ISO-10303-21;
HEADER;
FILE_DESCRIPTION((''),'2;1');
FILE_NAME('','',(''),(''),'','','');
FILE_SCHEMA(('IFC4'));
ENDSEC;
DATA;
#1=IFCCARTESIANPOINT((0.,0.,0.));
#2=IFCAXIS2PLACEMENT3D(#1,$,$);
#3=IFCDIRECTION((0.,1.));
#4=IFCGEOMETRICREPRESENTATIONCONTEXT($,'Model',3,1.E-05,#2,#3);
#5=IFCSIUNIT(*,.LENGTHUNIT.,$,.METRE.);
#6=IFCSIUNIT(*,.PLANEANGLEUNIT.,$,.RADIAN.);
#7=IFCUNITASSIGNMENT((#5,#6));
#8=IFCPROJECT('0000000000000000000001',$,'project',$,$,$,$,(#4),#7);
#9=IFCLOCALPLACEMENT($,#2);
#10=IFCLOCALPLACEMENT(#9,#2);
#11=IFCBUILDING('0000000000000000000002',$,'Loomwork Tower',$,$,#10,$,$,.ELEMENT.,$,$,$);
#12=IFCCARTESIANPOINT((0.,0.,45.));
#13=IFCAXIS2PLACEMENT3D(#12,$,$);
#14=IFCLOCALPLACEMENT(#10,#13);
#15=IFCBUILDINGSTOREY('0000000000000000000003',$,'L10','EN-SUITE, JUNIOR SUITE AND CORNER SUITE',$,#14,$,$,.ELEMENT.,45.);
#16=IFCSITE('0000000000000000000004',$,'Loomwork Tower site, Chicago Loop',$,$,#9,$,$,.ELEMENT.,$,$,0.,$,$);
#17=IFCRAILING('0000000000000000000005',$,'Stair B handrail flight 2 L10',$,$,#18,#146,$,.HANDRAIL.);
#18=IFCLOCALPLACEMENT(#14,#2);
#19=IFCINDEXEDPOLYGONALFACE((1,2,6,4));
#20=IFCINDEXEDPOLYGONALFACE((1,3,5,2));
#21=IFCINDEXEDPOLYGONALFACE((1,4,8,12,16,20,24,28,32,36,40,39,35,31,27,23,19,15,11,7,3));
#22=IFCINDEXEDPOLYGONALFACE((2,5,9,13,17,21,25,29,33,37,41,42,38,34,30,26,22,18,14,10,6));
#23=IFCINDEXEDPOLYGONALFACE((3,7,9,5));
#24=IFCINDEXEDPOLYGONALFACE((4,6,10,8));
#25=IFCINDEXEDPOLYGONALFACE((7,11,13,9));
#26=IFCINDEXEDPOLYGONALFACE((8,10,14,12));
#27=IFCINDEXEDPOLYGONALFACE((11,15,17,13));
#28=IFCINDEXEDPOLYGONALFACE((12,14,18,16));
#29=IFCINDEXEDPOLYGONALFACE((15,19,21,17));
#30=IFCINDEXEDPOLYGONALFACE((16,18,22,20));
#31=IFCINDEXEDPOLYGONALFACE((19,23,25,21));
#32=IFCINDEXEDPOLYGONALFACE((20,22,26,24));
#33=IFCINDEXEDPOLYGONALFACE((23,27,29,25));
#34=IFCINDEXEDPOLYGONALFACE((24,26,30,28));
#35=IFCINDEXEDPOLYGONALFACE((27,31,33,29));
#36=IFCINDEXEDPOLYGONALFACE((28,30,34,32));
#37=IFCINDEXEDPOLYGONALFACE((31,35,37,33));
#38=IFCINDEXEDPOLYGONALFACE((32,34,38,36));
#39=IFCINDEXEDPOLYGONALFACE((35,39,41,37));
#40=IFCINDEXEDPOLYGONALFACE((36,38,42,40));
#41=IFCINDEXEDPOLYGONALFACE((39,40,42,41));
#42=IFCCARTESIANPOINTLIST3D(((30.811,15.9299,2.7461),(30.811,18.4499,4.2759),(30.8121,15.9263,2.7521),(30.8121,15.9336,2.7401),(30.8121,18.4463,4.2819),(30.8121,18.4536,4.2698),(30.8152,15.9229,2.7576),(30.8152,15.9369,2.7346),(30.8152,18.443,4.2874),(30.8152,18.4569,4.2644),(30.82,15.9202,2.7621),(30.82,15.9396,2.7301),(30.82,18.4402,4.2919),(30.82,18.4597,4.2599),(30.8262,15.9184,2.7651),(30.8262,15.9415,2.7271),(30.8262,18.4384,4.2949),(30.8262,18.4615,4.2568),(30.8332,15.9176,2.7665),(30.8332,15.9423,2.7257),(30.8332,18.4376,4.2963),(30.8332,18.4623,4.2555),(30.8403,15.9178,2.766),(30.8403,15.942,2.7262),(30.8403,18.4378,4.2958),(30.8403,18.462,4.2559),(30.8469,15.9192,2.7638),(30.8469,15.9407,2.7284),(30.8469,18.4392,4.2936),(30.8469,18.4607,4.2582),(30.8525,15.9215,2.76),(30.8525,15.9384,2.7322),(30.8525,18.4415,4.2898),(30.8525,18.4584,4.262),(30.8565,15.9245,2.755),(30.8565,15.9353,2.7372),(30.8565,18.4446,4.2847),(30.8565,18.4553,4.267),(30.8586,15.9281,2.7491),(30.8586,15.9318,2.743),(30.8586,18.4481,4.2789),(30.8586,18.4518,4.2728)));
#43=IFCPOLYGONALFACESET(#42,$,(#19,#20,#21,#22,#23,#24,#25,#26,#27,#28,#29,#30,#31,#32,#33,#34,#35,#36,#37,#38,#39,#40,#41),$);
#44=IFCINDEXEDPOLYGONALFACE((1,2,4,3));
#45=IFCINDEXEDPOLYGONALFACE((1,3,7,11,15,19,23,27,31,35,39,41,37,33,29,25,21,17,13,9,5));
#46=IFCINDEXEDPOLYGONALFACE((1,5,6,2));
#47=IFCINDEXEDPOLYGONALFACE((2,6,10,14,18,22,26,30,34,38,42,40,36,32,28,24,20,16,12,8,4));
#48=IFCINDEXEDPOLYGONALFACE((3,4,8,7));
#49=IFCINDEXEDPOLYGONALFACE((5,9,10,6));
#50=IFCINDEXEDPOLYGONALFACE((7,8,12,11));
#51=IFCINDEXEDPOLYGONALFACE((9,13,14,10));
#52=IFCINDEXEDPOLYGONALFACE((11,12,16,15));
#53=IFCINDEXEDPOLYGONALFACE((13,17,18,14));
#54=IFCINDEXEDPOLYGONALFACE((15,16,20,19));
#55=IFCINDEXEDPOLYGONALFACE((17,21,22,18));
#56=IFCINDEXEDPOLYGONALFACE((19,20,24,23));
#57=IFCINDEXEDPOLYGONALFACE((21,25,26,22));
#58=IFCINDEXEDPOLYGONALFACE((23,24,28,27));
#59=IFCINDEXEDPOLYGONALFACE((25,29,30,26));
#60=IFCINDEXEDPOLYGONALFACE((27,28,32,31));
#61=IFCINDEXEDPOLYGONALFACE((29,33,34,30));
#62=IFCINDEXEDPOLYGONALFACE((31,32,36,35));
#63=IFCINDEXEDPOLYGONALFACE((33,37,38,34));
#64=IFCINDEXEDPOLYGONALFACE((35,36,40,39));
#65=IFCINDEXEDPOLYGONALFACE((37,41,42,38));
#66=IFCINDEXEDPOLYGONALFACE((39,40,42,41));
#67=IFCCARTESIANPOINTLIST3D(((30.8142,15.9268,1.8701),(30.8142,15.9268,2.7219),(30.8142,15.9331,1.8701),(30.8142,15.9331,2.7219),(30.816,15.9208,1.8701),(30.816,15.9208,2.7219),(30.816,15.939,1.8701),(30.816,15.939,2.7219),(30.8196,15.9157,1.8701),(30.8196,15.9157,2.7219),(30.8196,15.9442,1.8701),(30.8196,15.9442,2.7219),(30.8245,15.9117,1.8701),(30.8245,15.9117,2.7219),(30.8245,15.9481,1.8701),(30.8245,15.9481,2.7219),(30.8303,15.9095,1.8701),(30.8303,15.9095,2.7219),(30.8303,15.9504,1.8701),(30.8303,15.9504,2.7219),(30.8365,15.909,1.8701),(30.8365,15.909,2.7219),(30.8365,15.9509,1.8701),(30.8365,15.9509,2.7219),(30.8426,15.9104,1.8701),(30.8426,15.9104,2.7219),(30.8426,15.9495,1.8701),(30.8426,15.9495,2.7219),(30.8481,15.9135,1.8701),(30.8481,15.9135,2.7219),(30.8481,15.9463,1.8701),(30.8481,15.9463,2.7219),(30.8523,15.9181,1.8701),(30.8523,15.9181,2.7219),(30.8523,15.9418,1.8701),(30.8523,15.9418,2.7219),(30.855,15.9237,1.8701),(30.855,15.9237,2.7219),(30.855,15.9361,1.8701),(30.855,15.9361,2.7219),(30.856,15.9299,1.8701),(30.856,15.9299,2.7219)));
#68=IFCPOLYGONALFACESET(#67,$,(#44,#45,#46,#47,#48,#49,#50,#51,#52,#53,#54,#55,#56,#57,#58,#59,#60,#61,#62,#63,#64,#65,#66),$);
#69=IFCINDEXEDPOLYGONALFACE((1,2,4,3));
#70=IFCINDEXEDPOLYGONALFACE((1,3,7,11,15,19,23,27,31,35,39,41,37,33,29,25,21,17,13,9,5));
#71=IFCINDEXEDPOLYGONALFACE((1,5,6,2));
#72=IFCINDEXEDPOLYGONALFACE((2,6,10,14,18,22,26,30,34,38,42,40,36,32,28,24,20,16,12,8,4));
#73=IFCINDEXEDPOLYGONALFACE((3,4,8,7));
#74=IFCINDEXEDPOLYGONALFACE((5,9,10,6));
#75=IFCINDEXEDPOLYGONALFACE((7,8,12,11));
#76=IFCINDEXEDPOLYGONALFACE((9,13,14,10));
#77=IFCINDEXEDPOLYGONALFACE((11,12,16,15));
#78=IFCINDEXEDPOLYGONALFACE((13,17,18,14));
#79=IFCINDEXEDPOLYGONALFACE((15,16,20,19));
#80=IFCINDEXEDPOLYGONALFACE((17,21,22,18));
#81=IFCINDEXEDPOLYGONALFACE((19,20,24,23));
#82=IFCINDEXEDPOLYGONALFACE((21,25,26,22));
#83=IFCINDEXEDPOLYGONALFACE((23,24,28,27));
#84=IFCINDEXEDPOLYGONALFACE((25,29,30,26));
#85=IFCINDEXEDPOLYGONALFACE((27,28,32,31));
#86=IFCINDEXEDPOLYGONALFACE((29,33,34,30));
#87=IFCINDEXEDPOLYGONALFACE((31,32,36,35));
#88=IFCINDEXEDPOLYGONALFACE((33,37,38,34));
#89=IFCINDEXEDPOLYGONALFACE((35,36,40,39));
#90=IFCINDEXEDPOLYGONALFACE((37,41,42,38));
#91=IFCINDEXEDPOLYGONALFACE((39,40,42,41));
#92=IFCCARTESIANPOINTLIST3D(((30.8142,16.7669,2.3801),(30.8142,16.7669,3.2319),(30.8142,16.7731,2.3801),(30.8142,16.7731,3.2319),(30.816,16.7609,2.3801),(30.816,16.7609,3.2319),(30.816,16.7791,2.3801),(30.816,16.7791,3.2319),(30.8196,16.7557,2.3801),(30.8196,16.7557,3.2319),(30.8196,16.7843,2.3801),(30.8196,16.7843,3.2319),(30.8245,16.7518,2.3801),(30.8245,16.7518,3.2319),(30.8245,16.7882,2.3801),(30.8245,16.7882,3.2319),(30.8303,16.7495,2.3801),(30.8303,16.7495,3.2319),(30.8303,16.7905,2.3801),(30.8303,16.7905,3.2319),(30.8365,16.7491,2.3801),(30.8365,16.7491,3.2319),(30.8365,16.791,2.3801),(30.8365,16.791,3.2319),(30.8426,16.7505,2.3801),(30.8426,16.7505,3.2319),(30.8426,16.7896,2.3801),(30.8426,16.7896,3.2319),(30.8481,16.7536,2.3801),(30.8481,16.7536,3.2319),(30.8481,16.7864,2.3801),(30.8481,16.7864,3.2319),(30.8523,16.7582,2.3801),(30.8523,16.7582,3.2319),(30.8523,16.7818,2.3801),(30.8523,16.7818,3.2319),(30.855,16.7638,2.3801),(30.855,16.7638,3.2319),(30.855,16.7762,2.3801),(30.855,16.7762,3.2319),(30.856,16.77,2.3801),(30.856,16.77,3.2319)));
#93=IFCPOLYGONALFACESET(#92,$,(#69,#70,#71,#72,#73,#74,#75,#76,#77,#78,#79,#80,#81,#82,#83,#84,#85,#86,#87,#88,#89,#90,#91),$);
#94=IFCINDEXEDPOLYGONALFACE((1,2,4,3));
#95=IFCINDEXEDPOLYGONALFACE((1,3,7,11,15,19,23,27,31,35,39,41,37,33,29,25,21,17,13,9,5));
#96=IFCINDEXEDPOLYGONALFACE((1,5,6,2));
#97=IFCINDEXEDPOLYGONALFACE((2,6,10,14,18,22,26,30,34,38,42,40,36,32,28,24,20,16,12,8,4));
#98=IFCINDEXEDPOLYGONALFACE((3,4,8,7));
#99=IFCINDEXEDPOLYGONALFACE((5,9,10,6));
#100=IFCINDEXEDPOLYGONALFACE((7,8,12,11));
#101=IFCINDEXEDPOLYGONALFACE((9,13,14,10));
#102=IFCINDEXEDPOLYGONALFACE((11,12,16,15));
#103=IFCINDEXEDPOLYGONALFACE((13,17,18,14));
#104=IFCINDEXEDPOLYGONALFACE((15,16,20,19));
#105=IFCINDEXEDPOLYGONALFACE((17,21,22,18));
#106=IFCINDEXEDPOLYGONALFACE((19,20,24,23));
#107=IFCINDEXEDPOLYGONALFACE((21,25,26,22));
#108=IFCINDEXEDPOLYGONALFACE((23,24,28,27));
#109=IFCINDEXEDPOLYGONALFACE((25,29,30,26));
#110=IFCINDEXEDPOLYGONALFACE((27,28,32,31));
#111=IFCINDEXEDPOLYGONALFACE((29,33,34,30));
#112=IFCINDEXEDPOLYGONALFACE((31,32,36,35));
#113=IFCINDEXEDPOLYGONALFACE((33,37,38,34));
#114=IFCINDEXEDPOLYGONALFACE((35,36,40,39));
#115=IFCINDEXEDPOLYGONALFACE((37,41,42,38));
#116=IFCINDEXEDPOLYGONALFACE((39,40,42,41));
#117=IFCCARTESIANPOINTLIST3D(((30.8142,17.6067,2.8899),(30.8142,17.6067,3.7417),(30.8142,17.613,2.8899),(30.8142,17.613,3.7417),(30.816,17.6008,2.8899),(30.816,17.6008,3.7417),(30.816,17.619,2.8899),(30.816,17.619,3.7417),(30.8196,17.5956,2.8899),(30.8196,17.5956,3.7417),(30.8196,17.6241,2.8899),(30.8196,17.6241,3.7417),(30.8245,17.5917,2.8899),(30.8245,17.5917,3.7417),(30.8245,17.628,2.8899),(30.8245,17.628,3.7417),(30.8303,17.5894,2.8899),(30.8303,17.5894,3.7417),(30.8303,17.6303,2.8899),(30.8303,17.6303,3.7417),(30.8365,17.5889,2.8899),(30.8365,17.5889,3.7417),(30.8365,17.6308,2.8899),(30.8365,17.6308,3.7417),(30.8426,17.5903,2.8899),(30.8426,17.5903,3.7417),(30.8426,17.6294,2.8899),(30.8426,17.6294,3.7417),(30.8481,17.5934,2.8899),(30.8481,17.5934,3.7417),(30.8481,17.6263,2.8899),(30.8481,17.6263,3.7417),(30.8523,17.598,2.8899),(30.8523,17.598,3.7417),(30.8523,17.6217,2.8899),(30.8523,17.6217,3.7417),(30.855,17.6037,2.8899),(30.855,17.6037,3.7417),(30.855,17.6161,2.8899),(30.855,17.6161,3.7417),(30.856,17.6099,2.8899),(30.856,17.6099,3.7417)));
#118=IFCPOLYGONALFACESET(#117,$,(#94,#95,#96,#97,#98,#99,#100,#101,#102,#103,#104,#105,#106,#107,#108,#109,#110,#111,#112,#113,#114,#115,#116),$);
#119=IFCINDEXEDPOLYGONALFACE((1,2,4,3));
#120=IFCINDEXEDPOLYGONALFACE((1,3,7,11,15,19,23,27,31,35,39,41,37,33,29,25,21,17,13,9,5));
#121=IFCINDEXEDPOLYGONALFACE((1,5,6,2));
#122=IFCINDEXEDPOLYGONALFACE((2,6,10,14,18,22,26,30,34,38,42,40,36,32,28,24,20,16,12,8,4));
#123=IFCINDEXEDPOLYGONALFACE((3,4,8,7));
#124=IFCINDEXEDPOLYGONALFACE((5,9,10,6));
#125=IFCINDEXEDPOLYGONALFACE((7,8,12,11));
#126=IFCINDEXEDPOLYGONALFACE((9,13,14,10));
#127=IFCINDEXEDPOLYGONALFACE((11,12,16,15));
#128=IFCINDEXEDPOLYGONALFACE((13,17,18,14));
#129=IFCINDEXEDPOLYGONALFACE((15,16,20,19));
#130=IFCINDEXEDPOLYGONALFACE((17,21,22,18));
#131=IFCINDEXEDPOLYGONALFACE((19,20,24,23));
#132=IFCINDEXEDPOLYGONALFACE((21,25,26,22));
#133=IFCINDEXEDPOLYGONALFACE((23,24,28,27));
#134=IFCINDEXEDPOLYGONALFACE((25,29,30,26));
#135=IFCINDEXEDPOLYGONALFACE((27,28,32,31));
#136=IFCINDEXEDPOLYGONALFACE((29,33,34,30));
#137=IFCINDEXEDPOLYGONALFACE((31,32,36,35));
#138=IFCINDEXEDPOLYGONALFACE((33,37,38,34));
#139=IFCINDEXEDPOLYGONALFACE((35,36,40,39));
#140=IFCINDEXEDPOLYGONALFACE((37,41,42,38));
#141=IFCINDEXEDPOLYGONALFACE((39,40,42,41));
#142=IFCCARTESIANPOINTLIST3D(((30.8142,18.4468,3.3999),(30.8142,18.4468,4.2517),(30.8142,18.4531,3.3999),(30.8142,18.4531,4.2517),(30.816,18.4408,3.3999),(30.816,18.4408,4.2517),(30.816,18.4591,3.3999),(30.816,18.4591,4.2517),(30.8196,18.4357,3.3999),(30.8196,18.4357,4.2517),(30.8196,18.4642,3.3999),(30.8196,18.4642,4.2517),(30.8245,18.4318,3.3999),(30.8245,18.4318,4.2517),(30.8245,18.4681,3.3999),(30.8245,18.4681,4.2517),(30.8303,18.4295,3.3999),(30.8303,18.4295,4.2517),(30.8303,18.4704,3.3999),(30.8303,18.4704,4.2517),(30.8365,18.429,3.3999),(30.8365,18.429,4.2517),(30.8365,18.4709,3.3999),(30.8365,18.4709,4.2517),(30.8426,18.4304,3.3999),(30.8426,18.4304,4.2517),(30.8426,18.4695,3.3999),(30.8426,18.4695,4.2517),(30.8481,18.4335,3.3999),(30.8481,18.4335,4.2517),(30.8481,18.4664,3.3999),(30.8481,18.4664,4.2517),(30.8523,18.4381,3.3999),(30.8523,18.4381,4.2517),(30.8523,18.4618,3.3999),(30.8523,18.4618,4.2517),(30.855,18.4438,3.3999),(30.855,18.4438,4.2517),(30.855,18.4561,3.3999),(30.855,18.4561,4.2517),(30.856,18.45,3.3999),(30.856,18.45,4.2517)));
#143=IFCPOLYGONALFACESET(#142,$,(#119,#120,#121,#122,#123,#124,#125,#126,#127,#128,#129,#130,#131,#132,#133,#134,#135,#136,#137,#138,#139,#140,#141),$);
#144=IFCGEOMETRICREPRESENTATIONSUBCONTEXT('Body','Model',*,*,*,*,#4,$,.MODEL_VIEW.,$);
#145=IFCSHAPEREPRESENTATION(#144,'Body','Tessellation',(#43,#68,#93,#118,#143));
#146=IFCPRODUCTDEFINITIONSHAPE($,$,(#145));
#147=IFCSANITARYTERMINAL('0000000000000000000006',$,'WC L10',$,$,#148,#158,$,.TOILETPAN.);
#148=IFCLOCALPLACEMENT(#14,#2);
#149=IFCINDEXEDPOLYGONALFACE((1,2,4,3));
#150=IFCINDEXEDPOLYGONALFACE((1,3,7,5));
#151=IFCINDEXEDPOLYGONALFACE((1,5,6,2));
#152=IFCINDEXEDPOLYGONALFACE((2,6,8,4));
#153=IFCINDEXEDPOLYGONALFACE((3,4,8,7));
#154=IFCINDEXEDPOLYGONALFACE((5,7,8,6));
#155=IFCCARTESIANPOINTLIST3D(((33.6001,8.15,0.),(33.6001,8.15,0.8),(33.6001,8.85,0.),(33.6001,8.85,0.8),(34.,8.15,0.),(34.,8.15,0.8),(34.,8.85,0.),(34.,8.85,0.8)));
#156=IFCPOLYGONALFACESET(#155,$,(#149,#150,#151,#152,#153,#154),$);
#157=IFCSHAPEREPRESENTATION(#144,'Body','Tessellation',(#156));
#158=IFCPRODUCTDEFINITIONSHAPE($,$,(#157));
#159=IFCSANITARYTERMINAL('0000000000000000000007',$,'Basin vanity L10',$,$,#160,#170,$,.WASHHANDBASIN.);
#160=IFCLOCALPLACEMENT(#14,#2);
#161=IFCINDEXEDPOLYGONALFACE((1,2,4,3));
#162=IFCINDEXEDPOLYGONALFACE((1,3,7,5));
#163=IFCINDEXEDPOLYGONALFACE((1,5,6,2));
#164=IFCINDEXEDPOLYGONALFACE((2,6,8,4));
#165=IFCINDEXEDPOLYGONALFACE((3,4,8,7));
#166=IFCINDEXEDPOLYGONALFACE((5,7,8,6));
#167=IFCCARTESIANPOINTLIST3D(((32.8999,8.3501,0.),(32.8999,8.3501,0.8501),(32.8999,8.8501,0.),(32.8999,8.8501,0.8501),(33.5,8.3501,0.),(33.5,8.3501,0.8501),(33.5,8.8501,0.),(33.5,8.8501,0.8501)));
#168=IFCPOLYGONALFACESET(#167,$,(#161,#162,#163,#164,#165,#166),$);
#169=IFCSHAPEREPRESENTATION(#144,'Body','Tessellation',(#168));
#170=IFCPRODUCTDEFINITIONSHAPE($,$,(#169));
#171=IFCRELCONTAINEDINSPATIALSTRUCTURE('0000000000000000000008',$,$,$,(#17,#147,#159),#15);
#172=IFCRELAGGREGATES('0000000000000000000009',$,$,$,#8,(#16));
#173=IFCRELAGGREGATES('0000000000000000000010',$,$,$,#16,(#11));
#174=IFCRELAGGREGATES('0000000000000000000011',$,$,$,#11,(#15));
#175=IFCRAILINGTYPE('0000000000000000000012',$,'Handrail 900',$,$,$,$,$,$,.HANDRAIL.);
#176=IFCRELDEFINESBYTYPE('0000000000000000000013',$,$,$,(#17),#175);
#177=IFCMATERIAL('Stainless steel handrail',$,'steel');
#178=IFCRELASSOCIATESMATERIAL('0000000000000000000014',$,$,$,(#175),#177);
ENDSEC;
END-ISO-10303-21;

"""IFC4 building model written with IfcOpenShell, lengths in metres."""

from ifc_helpers import new_model, si_unit, direction, frame, origin, origin_2d, place, context, subcontext, project, spatial, rectangle, circle, extrude, material, type_object, element, save


model = new_model("IFC4")

# Units and contexts
model_context = context("Model", 3, precision=1e-05, world=origin(), true_north=direction((0.0, 1.0)))
body_context = subcontext(model_context, "Body", "Model", "MODEL_VIEW")
ifc_project = project(units=[si_unit("LENGTHUNIT", "METRE"), si_unit("PLANEANGLEUNIT", "RADIAN")], contexts=[model_context])

# Site, building, storey
site_placement = place(None, origin())
site = spatial("IfcSite", under=ifc_project, at=site_placement, Name="Loomwork Tower site, Chicago Loop", CompositionType="ELEMENT", RefElevation=0.0)
building_placement = place(site_placement, origin())
building = spatial("IfcBuilding", under=site, at=building_placement, Name="Loomwork Tower", CompositionType="ELEMENT")
storey_placement = place(building_placement, frame((0.0, 0.0, 45.0)))
storey = spatial("IfcBuildingStorey", under=building, at=storey_placement, Name="L10", Description="EN-SUITE, JUNIOR SUITE AND CORNER SUITE", CompositionType="ELEMENT", Elevation=45.0)

# Railing
ifc_material_1 = material(Name="Stainless steel handrail", Category="steel")
railing_type = type_object("IfcRailingType", Name="Handrail 900", PredefinedType="HANDRAIL", material=ifc_material_1)
railing_placement = place(storey_placement, frame((30.835, 15.9299, 1.8701)))
element("IfcRailing", 1, at=railing_placement, inside=storey, type_object=railing_type, Name="Stair B handrail flight 2 L10", PredefinedType="HANDRAIL", context=body_context, shape_type="SweptSolid", body=[
    extrude(circle(Radius=0.0239, at=origin_2d()), frame((0.0, 0.0, 0.876), z_axis=(0.0, 0.854822, 0.518922), x_axis=(-1.0, 0.0, 0.0)), (0.0, 0.0, 1.0), 2.948),
    extrude(circle(Radius=0.021, at=origin_2d()), origin(), (0.0, 0.0, 1.0), 0.8518),
    extrude(circle(Radius=0.021, at=origin_2d()), frame((0.0, 0.8401, 0.51)), (0.0, 0.0, 1.0), 0.8518),
    extrude(circle(Radius=0.021, at=origin_2d()), frame((0.0, 1.6799, 1.0198)), (0.0, 0.0, 1.0), 0.8518),
    extrude(circle(Radius=0.021, at=origin_2d()), frame((0.0, 2.52, 1.5298)), (0.0, 0.0, 1.0), 0.8518),
])

# Sanitary terminals
sanitary_terminal_1_placement = place(storey_placement, frame((33.8, 8.5, 0.0), z_axis=(0.0, 0.0, 1.0), x_axis=(1.0, 0.0, 0.0)))
element("IfcSanitaryTerminal", 2, at=sanitary_terminal_1_placement, inside=storey, Name="WC L10", PredefinedType="TOILETPAN", context=body_context, shape_type="SweptSolid", body=[
    extrude(rectangle(XDim=0.3999, YDim=0.7, at=origin_2d()), origin(), (0.0, 0.0, 1.0), 0.8),
])
sanitary_terminal_2_placement = place(storey_placement, frame((33.2, 8.6001, 0.0), z_axis=(0.0, 0.0, 1.0), x_axis=(1.0, 0.0, 0.0)))
element("IfcSanitaryTerminal", 3, at=sanitary_terminal_2_placement, inside=storey, Name="Basin vanity L10", PredefinedType="WASHHANDBASIN", context=body_context, shape_type="SweptSolid", body=[
    extrude(rectangle(XDim=0.6001, YDim=0.5, at=origin_2d()), origin(), (0.0, 0.0, 1.0), 0.8501),
])

save(model, "model.ifc")
